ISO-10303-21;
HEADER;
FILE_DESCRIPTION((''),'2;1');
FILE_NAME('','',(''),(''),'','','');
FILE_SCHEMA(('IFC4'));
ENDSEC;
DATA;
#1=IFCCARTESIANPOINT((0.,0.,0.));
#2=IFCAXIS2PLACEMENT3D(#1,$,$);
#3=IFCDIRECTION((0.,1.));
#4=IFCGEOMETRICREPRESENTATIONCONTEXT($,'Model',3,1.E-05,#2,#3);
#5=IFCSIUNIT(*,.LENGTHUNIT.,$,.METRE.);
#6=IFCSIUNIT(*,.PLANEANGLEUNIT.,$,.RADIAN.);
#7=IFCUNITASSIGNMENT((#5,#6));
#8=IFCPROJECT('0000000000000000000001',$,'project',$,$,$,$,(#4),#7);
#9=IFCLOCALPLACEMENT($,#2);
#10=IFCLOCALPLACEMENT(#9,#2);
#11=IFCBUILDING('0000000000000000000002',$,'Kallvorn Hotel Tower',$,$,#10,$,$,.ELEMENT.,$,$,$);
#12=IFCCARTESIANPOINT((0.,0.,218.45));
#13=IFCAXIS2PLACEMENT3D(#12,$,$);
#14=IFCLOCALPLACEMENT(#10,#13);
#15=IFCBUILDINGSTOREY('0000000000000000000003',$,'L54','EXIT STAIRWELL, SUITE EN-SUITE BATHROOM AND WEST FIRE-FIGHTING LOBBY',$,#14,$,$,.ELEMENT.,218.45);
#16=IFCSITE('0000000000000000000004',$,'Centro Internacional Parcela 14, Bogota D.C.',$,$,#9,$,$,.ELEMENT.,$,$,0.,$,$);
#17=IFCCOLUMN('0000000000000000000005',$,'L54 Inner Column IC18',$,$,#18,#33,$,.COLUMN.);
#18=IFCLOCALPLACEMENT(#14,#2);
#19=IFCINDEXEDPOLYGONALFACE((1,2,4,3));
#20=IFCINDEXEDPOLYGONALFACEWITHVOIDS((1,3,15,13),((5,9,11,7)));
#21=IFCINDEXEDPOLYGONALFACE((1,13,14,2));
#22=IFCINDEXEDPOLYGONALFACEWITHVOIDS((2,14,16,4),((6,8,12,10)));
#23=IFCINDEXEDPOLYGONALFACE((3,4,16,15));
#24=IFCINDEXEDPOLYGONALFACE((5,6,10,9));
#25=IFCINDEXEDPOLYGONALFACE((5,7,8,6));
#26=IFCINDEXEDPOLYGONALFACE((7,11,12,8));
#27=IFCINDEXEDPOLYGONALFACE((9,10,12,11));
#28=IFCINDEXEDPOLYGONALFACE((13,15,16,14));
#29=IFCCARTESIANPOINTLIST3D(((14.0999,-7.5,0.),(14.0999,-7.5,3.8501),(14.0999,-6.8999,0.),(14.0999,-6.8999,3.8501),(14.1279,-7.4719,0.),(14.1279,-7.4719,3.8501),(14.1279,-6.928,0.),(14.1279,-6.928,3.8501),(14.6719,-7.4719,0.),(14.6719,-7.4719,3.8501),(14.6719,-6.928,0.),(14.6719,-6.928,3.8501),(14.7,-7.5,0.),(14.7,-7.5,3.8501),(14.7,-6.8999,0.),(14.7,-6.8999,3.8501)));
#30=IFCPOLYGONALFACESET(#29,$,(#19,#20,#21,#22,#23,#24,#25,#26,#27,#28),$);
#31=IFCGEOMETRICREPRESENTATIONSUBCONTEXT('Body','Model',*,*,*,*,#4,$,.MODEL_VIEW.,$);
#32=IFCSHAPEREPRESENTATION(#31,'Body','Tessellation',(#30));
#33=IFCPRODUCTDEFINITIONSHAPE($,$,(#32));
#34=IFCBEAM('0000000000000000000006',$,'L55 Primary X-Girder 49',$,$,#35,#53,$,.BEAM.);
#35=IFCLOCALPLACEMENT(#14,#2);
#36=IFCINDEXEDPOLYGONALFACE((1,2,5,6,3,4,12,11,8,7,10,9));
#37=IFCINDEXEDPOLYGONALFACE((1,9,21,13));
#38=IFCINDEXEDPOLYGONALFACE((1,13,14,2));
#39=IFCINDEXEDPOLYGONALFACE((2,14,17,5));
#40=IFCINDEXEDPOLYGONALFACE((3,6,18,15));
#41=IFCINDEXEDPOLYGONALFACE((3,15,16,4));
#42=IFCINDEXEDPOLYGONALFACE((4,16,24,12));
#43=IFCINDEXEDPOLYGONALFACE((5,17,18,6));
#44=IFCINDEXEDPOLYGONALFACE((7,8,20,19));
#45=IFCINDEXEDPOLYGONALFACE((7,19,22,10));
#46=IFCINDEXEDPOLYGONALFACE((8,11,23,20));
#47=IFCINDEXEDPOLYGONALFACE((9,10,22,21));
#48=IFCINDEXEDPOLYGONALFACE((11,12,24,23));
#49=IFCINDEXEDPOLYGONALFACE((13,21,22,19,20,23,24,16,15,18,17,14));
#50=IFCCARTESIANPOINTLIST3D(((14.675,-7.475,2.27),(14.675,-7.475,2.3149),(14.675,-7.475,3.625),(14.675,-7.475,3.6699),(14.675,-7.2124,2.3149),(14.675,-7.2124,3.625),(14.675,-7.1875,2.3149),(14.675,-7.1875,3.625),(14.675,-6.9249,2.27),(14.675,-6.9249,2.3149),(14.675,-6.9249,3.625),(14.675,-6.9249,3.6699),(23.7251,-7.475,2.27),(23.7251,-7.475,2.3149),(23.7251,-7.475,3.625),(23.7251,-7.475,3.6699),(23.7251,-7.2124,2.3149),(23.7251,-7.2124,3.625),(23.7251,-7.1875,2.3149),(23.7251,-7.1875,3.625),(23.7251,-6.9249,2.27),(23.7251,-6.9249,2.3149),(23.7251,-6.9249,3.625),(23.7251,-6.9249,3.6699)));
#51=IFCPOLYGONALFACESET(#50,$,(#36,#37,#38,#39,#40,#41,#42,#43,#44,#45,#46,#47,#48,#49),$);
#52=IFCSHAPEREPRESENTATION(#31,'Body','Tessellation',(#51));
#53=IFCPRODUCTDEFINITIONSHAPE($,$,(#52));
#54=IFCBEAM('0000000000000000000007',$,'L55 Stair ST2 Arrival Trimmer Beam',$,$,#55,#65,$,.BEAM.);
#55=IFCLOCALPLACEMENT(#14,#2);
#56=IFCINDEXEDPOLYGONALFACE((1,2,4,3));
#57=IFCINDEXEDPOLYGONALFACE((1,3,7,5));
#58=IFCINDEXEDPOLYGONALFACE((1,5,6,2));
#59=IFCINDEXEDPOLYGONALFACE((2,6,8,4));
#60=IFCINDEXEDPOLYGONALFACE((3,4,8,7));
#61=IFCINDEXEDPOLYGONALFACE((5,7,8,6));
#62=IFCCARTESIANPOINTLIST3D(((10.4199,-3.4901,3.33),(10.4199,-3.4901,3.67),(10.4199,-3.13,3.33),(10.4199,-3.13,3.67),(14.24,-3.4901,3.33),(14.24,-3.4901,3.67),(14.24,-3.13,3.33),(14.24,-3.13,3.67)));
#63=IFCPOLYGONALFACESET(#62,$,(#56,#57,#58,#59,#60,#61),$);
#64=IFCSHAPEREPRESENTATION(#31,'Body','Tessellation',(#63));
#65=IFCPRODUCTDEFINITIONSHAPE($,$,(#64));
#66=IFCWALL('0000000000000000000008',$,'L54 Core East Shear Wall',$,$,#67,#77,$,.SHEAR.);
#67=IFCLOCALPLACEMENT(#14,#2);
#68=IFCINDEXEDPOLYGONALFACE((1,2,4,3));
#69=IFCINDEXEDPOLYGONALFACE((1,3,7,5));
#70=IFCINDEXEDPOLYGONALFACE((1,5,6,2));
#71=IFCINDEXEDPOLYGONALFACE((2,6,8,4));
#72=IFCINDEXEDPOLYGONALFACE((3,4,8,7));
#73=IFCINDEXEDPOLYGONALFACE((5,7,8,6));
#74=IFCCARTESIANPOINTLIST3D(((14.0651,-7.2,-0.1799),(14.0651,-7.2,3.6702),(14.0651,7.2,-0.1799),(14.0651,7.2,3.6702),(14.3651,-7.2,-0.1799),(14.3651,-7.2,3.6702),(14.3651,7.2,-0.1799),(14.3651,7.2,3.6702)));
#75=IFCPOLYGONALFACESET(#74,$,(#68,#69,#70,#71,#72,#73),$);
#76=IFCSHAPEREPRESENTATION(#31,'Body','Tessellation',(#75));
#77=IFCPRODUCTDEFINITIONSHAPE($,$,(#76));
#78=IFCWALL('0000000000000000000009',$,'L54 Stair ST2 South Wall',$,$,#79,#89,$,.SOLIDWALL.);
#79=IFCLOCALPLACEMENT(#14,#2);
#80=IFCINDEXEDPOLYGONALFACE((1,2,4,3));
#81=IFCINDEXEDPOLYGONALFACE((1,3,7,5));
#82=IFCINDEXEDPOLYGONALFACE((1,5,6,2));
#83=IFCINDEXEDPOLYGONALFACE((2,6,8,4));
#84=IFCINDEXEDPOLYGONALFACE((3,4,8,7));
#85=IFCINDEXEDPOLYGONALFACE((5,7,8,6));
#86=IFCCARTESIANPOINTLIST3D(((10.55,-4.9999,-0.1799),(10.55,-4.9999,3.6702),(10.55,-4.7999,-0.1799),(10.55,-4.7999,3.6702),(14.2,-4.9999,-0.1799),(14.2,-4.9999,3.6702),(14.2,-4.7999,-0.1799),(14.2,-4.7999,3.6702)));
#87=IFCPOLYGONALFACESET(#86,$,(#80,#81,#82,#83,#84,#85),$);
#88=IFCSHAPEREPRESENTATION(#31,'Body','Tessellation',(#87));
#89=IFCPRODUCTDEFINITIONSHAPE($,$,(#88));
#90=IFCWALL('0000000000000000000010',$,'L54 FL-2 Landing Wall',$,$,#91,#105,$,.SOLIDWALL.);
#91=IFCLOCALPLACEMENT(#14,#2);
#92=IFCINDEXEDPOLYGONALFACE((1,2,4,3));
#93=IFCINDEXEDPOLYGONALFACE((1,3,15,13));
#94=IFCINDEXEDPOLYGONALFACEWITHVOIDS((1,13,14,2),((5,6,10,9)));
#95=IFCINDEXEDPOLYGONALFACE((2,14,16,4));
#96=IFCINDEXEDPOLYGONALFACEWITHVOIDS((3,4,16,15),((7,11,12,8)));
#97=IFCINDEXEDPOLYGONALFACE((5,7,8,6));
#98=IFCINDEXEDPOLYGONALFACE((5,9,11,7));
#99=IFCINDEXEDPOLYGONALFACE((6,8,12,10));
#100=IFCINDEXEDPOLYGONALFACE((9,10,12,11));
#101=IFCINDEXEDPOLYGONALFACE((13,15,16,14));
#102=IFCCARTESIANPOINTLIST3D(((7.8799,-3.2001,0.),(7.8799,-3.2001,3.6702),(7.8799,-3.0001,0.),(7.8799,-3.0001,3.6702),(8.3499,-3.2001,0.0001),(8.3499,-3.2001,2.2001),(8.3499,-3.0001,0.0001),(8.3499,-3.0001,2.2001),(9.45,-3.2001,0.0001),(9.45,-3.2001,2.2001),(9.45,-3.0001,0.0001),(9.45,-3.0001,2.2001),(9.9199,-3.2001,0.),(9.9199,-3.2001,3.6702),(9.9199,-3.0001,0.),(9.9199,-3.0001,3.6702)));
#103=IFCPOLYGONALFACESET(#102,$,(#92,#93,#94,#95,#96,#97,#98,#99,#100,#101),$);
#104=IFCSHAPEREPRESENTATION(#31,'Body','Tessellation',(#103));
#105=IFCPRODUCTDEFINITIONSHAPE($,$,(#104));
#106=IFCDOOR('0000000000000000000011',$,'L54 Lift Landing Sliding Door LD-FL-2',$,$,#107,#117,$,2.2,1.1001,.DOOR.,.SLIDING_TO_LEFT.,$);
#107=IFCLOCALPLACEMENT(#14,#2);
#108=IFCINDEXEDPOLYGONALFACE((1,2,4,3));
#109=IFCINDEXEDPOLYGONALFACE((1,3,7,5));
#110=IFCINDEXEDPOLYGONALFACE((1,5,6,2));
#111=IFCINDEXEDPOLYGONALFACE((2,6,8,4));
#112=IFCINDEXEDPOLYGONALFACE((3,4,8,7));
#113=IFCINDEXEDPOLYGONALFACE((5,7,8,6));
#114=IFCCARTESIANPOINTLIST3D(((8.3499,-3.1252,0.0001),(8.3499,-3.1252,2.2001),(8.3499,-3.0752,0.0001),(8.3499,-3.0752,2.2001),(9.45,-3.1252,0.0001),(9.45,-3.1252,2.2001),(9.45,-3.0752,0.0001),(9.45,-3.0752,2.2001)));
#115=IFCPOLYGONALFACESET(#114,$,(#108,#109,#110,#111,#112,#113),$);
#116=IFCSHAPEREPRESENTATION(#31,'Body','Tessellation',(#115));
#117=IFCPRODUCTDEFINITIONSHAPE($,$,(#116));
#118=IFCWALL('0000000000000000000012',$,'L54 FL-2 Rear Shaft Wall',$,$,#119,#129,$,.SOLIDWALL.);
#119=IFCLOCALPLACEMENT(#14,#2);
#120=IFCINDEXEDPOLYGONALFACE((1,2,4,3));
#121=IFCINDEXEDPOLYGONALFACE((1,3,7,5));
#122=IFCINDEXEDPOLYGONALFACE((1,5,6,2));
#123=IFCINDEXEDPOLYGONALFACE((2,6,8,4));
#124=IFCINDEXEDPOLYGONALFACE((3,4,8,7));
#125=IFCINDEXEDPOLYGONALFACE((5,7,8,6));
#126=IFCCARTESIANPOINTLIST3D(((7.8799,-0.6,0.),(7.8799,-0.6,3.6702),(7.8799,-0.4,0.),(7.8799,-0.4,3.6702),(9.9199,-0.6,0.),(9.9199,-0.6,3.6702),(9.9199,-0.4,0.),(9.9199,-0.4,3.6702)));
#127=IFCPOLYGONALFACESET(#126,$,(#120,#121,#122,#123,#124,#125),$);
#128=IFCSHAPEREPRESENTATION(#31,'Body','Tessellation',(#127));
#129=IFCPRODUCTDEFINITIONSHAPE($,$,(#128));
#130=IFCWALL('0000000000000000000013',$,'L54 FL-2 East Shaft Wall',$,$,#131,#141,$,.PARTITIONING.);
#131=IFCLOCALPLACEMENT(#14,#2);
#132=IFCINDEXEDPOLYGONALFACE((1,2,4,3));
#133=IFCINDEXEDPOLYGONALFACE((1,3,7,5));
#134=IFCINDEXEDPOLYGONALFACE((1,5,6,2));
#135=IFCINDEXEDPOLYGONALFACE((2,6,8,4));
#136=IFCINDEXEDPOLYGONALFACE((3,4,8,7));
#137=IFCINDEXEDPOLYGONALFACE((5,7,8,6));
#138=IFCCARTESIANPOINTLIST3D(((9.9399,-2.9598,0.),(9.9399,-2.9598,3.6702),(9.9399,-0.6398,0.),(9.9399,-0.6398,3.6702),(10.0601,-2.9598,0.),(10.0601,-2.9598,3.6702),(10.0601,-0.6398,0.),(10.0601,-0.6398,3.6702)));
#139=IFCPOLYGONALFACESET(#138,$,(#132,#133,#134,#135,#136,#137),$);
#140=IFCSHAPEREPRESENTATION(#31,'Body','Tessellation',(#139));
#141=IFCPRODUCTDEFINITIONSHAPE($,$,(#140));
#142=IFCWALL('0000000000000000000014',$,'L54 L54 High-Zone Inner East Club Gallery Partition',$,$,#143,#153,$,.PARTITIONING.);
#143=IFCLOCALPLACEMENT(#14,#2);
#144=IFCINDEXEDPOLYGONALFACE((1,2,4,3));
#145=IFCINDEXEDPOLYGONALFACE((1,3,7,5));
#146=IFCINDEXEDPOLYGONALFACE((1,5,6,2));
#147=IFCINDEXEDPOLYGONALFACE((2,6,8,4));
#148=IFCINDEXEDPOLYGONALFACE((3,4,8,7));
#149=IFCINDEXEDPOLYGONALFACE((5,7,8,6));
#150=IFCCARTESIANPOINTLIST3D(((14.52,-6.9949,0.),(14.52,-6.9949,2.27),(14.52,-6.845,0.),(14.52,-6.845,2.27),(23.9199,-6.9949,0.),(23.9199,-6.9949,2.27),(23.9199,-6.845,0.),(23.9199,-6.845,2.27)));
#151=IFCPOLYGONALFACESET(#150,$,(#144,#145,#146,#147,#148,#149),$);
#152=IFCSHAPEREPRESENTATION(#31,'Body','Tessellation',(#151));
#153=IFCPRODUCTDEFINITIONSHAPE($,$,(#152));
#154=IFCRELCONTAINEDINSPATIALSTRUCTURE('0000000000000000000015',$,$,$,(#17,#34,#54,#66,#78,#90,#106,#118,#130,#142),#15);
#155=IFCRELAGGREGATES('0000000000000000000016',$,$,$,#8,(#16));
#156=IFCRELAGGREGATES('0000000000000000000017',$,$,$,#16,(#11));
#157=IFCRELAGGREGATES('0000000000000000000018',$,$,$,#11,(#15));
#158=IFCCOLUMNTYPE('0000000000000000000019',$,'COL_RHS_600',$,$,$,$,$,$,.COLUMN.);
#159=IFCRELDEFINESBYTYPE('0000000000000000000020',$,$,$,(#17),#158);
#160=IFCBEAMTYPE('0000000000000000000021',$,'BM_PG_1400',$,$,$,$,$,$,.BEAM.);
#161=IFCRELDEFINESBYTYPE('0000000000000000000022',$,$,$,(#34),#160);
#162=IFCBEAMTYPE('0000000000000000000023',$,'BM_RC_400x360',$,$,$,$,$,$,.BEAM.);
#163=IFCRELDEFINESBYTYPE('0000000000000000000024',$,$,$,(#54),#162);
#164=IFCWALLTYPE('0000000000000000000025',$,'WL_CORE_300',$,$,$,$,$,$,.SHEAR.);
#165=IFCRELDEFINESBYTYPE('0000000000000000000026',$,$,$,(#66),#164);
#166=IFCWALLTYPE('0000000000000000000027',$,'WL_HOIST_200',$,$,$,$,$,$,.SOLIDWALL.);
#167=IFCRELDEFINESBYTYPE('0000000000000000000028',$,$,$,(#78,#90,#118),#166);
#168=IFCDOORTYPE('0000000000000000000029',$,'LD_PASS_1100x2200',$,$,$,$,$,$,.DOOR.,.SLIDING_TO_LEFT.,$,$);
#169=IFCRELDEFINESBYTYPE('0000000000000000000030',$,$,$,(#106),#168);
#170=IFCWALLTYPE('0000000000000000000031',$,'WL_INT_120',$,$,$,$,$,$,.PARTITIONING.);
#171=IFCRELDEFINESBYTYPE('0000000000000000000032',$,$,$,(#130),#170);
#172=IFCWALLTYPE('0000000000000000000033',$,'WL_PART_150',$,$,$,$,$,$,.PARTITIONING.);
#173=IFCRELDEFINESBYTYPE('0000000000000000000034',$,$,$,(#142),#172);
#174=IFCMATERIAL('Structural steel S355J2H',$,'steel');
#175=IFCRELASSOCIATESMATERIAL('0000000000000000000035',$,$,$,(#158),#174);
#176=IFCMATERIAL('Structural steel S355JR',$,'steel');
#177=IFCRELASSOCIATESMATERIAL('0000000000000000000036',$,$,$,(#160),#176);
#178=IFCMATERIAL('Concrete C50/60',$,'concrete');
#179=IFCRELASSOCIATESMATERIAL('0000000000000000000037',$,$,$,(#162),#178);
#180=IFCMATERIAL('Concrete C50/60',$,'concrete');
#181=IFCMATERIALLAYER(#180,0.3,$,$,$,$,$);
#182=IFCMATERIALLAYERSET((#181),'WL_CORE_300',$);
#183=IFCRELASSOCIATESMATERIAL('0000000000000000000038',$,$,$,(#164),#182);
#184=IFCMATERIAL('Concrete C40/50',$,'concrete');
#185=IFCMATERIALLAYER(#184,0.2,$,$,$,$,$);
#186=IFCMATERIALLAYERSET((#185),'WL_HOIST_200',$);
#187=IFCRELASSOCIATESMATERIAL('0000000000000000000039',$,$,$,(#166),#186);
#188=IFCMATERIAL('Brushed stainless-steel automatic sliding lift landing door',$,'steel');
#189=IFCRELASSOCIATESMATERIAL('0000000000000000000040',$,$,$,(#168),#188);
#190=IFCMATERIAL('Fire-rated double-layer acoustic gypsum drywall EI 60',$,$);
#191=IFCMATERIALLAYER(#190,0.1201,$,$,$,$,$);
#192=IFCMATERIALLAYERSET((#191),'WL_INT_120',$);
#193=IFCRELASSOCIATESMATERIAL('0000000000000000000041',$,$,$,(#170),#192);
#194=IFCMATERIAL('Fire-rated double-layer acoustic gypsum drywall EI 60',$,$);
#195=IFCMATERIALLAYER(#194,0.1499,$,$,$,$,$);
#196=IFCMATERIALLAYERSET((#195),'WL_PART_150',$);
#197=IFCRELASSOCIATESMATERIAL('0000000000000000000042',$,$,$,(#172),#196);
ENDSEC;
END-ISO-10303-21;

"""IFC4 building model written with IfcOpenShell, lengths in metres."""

from ifc_helpers import new_model, si_unit, direction, frame, frame_2d, origin, origin_2d, place, context, subcontext, project, spatial, rectangle, hollow_rectangle, i_section, extrude, material, layer, layer_set, material_profile, profile_set, type_object, element, fill, save


model = new_model("IFC4")

# Units and contexts
model_context = context("Model", 3, precision=1e-05, world=origin(), true_north=direction((0.0, 1.0)))
body_context = subcontext(model_context, "Body", "Model", "MODEL_VIEW")
ifc_project = project(units=[si_unit("LENGTHUNIT", "METRE"), si_unit("PLANEANGLEUNIT", "RADIAN")], contexts=[model_context])

# Site, building, storey
site_placement = place(None, origin())
site = spatial("IfcSite", under=ifc_project, at=site_placement, Name="Centro Internacional Parcela 14, Bogota D.C.", CompositionType="ELEMENT", RefElevation=0.0)
building_placement = place(site_placement, origin())
building = spatial("IfcBuilding", under=site, at=building_placement, Name="Kallvorn Hotel Tower", CompositionType="ELEMENT")
storey_placement = place(building_placement, frame((0.0, 0.0, 218.45)))
storey = spatial("IfcBuildingStorey", under=building, at=storey_placement, Name="L54", Description="EXIT STAIRWELL, SUITE EN-SUITE BATHROOM AND WEST FIRE-FIGHTING LOBBY", CompositionType="ELEMENT", Elevation=218.45)

# Column
ifc_material_1 = material(Name="Structural steel S355J2H", Category="steel")
ifc_material_profile_1 = material_profile(ifc_material_1, hollow_rectangle(XDim=0.6001, YDim=0.6001, WallThickness=0.0281, at=origin_2d()), Name="RHS 600x600x28")
ifc_profile_set_1 = profile_set([ifc_material_profile_1], Name="Structural steel S355J2H")
column_type = type_object("IfcColumnType", Name="COL_RHS_600", PredefinedType="COLUMN", material=ifc_profile_set_1)
column_placement = place(storey_placement, frame((14.3999, -7.2, 0.0), z_axis=(0.0, 0.0, 1.0), x_axis=(1.0, 0.0, 0.0)))
element("IfcColumn", 1, at=column_placement, inside=storey, type_object=column_type, Name="L54 Inner Column IC18", PredefinedType="COLUMN", context=body_context, shape_type="SweptSolid", body=[
    extrude(hollow_rectangle(XDim=0.6001, YDim=0.6001, WallThickness=0.0281, at=origin_2d()), origin(), (0.0, 0.0, 1.0), 3.8501),
])

# Beams
ifc_material_2 = material(Name="Structural steel S355JR", Category="steel")
ifc_material_profile_2 = material_profile(ifc_material_2, i_section(OverallWidth=0.55, OverallDepth=1.3999, WebThickness=0.0249, FlangeThickness=0.0449, at=origin_2d()), Name="PG 1400x550x25x45")
ifc_profile_set_2 = profile_set([ifc_material_profile_2], Name="Structural steel S355JR")
beam_type_1 = type_object("IfcBeamType", Name="BM_PG_1400", PredefinedType="BEAM", material=ifc_profile_set_2)
beam_1_placement = place(storey_placement, frame((14.675, -7.2, 2.97), z_axis=(1.0, 0.0, 0.0), x_axis=(0.0, 1.0, 0.0)))
element("IfcBeam", 2, at=beam_1_placement, inside=storey, type_object=beam_type_1, Name="L55 Primary X-Girder 49", PredefinedType="BEAM", context=body_context, shape_type="SweptSolid", body=[
    extrude(i_section(OverallWidth=0.55, OverallDepth=1.3999, WebThickness=0.0249, FlangeThickness=0.0449, at=origin_2d()), origin(), (0.0, 0.0, 1.0), 9.05),
])
ifc_material_3 = material(Name="Concrete C50/60", Category="concrete")
ifc_material_profile_3 = material_profile(ifc_material_3, rectangle(XDim=0.3601, YDim=0.3401, at=origin_2d()), Name="RC 360x340")
ifc_profile_set_3 = profile_set([ifc_material_profile_3], Name="Concrete C50/60")
beam_type_2 = type_object("IfcBeamType", Name="BM_RC_400x360", PredefinedType="BEAM", material=ifc_profile_set_3)
beam_2_placement = place(storey_placement, frame((14.24, -3.3101, 3.5), z_axis=(-1.0, 0.0, 0.0), x_axis=(0.0, -1.0, 0.0)))
element("IfcBeam", 3, at=beam_2_placement, inside=storey, type_object=beam_type_2, Name="L55 Stair ST2 Arrival Trimmer Beam", PredefinedType="BEAM", context=body_context, shape_type="SweptSolid", body=[
    extrude(rectangle(XDim=0.3601, YDim=0.3401, at=origin_2d()), origin(), (0.0, 0.0, 1.0), 3.8201),
])

# Walls
ifc_material_4 = material(Name="Concrete C50/60", Category="concrete")
ifc_layer_1 = layer(ifc_material_4, 0.3)
ifc_layer_set_1 = layer_set([ifc_layer_1], Name="WL_CORE_300")
wall_type_1 = type_object("IfcWallType", Name="WL_CORE_300", PredefinedType="SHEAR", material=ifc_layer_set_1)
wall_1_placement = place(storey_placement, frame((14.2151, -7.2, -0.1799), z_axis=(0.0, 0.0, 1.0), x_axis=(0.0, 1.0, 0.0)))
element("IfcWall", 4, at=wall_1_placement, inside=storey, type_object=wall_type_1, Name="L54 Core East Shear Wall", PredefinedType="SHEAR", context=body_context, shape_type="SweptSolid", body=[
    extrude(rectangle(XDim=14.3999, YDim=0.3, at=frame_2d((7.2, 0.0))), origin(), (0.0, 0.0, 1.0), 3.8501),
])
ifc_material_5 = material(Name="Concrete C40/50", Category="concrete")
ifc_layer_2 = layer(ifc_material_5, 0.2)
ifc_layer_set_2 = layer_set([ifc_layer_2], Name="WL_HOIST_200")
wall_type_2 = type_object("IfcWallType", Name="WL_HOIST_200", PredefinedType="SOLIDWALL", material=ifc_layer_set_2)
wall_2_placement = place(storey_placement, frame((10.55, -4.8999, -0.1799), z_axis=(0.0, 0.0, 1.0), x_axis=(1.0, 0.0, 0.0)))
element("IfcWall", 5, at=wall_2_placement, inside=storey, type_object=wall_type_2, Name="L54 Stair ST2 South Wall", PredefinedType="SOLIDWALL", context=body_context, shape_type="SweptSolid", body=[
    extrude(rectangle(XDim=3.6499, YDim=0.2, at=frame_2d((1.825, 0.0))), origin(), (0.0, 0.0, 1.0), 3.8501),
])

# Wall, opening, door
wall_3_placement = place(storey_placement, frame((7.8799, -3.1001, 0.0), z_axis=(0.0, 0.0, 1.0), x_axis=(1.0, 0.0, 0.0)))
wall_3 = element("IfcWall", 6, at=wall_3_placement, inside=storey, type_object=wall_type_2, Name="L54 FL-2 Landing Wall", PredefinedType="SOLIDWALL", context=body_context, shape_type="SweptSolid", body=[
    extrude(rectangle(XDim=2.04, YDim=0.2, at=frame_2d((1.02, 0.0))), origin(), (0.0, 0.0, 1.0), 3.6702),
])
opening_1_placement = place(wall_3_placement, frame((0.47, 0.0, 0.0)))
opening_1 = element("IfcOpeningElement", 7, at=opening_1_placement, cuts=wall_3, PredefinedType="OPENING", context=body_context, shape_type="SweptSolid", body=[
    extrude(rectangle(XDim=1.1001, YDim=2.2, at=frame_2d((0.55, 1.1001))), frame((0.0, 0.115, 0.0), z_axis=(0.0, -1.0, 0.0), x_axis=(1.0, 0.0, 0.0)), (0.0, 0.0, 1.0), 0.23),
])
ifc_material_6 = material(Name="Brushed stainless-steel automatic sliding lift landing door", Category="steel")
door_type_1 = type_object("IfcDoorType", Name="LD_PASS_1100x2200", OperationType="SLIDING_TO_LEFT", PredefinedType="DOOR", material=ifc_material_6)
door_1_placement = place(opening_1_placement, origin())
door_1 = element("IfcDoor", 8, at=door_1_placement, inside=storey, type_object=door_type_1, Name="L54 Lift Landing Sliding Door LD-FL-2", OperationType="SLIDING_TO_LEFT", OverallHeight=2.2, OverallWidth=1.1001, PredefinedType="DOOR", context=body_context, shape_type="SweptSolid", body=[
    extrude(rectangle(XDim=1.1001, YDim=2.2, at=frame_2d((0.55, 1.1001))), frame((0.0, 0.0249, 0.0), z_axis=(0.0, -1.0, 0.0), x_axis=(1.0, 0.0, 0.0)), (0.0, 0.0, 1.0), 0.05),
])
fill(opening_1, door_1)

# Walls
wall_4_placement = place(storey_placement, frame((7.8799, -0.5, 0.0), z_axis=(0.0, 0.0, 1.0), x_axis=(1.0, 0.0, 0.0)))
element("IfcWall", 9, at=wall_4_placement, inside=storey, type_object=wall_type_2, Name="L54 FL-2 Rear Shaft Wall", PredefinedType="SOLIDWALL", context=body_context, shape_type="SweptSolid", body=[
    extrude(rectangle(XDim=2.04, YDim=0.2, at=frame_2d((1.02, 0.0))), origin(), (0.0, 0.0, 1.0), 3.6702),
])
ifc_material_7 = material(Name="Fire-rated double-layer acoustic gypsum drywall EI 60")
ifc_layer_3 = layer(ifc_material_7, 0.1201)
ifc_layer_set_3 = layer_set([ifc_layer_3], Name="WL_INT_120")
wall_type_3 = type_object("IfcWallType", Name="WL_INT_120", PredefinedType="PARTITIONING", material=ifc_layer_set_3)
wall_5_placement = place(storey_placement, frame((10.0, -2.96, 0.0), z_axis=(0.0, 0.0, 1.0), x_axis=(0.0, 1.0, 0.0)))
element("IfcWall", 10, at=wall_5_placement, inside=storey, type_object=wall_type_3, Name="L54 FL-2 East Shaft Wall", PredefinedType="PARTITIONING", context=body_context, shape_type="SweptSolid", body=[
    extrude(rectangle(XDim=2.3201, YDim=0.1201, at=frame_2d((1.1602, 0.0))), origin(), (0.0, 0.0, 1.0), 3.6702),
])
ifc_material_8 = material(Name="Fire-rated double-layer acoustic gypsum drywall EI 60")
ifc_layer_4 = layer(ifc_material_8, 0.1499)
ifc_layer_set_4 = layer_set([ifc_layer_4], Name="WL_PART_150")
wall_type_4 = type_object("IfcWallType", Name="WL_PART_150", PredefinedType="PARTITIONING", material=ifc_layer_set_4)
wall_6_placement = place(storey_placement, frame((14.52, -6.9199, 0.0), z_axis=(0.0, 0.0, 1.0), x_axis=(1.0, 0.0, 0.0)))
element("IfcWall", 11, at=wall_6_placement, inside=storey, type_object=wall_type_4, Name="L54 L54 High-Zone Inner East Club Gallery Partition", PredefinedType="PARTITIONING", context=body_context, shape_type="SweptSolid", body=[
    extrude(rectangle(XDim=9.3999, YDim=0.1499, at=frame_2d((4.7, 0.0))), origin(), (0.0, 0.0, 1.0), 2.27),
])

save(model, "model.ifc")
